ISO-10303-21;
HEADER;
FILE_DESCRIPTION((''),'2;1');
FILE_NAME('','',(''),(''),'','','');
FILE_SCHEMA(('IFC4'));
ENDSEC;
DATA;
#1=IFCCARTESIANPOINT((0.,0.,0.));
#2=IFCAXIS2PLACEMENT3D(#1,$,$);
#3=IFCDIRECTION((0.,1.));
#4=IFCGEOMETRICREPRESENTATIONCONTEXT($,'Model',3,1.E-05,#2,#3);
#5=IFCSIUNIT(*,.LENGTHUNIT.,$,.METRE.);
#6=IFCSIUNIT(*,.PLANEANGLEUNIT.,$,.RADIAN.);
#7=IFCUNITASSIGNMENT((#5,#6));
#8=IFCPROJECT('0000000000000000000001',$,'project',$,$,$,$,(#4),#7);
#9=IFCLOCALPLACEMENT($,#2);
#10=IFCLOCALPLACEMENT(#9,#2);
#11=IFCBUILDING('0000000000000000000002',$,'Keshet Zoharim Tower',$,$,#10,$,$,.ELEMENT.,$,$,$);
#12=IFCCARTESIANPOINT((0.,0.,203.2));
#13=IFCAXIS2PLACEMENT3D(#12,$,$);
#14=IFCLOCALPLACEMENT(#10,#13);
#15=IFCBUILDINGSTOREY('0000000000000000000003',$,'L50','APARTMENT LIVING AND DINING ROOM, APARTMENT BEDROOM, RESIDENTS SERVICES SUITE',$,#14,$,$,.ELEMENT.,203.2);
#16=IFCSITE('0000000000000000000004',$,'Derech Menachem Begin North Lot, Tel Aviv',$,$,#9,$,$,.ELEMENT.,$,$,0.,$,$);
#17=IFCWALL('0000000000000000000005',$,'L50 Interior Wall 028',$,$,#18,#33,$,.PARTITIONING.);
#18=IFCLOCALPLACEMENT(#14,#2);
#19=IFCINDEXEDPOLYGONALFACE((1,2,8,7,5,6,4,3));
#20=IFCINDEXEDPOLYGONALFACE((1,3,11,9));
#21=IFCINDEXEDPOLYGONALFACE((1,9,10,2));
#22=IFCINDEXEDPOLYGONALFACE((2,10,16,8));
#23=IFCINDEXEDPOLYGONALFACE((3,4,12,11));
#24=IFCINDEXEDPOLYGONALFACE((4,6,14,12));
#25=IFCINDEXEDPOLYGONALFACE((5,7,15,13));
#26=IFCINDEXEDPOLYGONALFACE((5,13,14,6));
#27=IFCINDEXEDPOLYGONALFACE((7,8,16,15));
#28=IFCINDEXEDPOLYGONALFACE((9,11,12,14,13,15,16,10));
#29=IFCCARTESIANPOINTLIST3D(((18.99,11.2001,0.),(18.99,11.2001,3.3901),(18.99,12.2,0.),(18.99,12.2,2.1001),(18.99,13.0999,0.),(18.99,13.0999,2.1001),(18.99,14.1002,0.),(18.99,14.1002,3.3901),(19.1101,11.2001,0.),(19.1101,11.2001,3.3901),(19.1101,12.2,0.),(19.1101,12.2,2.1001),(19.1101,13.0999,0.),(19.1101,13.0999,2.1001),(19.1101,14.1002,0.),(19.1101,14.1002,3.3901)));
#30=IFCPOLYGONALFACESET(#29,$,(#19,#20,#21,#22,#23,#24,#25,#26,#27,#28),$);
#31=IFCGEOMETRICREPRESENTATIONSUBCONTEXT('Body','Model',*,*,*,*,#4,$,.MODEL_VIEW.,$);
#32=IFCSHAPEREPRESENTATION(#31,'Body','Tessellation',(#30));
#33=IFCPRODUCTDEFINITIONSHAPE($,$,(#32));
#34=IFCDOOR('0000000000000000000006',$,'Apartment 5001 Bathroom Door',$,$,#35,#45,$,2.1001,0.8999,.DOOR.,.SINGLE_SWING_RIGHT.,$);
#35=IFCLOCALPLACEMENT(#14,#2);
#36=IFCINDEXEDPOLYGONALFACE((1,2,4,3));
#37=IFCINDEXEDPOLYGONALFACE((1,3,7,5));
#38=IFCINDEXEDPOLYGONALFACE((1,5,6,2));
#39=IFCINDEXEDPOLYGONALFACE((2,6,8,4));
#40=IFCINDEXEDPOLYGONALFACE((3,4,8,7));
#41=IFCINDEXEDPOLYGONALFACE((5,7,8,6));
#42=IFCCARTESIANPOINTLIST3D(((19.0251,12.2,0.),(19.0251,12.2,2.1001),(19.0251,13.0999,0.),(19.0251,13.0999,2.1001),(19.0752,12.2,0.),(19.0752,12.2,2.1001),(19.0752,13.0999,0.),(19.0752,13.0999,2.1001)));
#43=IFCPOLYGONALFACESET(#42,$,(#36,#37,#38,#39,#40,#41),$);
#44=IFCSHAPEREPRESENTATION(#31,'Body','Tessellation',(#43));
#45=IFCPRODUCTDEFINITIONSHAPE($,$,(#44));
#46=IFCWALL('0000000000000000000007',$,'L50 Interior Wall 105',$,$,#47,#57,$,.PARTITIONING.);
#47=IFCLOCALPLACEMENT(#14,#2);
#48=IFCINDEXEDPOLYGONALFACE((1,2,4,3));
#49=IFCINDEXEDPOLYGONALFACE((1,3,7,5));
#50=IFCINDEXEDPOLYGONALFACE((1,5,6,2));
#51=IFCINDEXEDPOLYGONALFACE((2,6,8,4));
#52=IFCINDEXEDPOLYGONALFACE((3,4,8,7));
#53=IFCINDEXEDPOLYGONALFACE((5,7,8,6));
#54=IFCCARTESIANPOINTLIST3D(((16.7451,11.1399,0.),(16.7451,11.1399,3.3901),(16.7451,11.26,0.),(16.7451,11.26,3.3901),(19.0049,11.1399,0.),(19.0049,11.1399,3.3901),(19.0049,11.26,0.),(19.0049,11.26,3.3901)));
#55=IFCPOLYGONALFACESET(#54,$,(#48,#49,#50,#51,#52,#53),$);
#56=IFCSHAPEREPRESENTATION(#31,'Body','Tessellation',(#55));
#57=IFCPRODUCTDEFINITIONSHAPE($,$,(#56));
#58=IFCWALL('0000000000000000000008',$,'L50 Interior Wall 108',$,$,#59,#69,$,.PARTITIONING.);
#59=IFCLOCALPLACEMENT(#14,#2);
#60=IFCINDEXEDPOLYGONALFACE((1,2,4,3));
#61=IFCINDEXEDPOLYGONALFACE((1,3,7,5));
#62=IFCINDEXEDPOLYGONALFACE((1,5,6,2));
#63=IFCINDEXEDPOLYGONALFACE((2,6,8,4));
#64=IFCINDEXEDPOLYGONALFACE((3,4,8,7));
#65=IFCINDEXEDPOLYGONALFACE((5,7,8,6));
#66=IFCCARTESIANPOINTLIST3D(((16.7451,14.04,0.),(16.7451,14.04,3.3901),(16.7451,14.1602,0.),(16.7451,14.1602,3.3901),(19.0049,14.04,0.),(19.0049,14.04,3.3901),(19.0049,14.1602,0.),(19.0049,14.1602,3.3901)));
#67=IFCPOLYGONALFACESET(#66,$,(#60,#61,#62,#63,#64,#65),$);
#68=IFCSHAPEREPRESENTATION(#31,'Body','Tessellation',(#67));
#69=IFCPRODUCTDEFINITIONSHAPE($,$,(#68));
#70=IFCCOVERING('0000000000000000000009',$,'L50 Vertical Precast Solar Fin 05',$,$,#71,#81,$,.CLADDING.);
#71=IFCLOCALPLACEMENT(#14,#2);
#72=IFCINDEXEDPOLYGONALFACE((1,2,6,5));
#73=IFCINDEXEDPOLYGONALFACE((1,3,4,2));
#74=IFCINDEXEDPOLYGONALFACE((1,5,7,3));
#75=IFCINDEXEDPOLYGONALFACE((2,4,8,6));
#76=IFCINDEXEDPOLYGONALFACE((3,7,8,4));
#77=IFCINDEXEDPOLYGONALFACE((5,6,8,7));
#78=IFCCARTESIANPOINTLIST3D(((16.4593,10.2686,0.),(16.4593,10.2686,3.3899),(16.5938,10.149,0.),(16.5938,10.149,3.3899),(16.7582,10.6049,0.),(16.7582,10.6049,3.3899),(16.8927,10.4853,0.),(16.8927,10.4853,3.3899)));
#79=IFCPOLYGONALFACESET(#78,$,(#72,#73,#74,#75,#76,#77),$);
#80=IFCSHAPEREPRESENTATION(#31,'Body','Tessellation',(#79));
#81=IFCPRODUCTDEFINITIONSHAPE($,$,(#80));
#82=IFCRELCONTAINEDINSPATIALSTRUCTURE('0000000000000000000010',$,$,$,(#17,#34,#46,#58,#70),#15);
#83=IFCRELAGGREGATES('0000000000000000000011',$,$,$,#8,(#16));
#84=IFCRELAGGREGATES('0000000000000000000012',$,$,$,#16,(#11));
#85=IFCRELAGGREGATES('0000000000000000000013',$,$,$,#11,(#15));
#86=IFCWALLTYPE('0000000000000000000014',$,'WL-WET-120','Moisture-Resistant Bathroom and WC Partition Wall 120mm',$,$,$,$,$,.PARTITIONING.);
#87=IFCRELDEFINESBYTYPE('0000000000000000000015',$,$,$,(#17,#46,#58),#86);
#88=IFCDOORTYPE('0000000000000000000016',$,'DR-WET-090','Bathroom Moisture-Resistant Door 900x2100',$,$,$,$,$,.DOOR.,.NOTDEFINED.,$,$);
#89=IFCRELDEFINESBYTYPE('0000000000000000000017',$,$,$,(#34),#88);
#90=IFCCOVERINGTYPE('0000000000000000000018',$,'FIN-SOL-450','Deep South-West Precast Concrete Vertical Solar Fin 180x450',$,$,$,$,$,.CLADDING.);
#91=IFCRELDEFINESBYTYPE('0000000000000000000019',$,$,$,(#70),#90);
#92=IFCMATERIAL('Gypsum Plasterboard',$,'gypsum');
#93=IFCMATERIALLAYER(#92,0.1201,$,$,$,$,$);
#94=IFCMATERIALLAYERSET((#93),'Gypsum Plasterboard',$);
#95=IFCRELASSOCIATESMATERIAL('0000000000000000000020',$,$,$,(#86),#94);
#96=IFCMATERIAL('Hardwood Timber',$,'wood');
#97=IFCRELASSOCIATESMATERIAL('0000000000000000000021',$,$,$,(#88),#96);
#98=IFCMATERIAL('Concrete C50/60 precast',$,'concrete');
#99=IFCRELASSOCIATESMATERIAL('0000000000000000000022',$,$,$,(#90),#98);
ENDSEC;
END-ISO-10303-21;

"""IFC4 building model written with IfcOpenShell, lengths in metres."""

from ifc_helpers import new_model, si_unit, direction, frame, frame_2d, origin, origin_2d, place, context, subcontext, project, spatial, rectangle, extrude, material, layer, layer_set, type_object, element, fill, save


model = new_model("IFC4")

# Units and contexts
model_context = context("Model", 3, precision=1e-05, world=origin(), true_north=direction((0.0, 1.0)))
body_context = subcontext(model_context, "Body", "Model", "MODEL_VIEW")
ifc_project = project(units=[si_unit("LENGTHUNIT", "METRE"), si_unit("PLANEANGLEUNIT", "RADIAN")], contexts=[model_context])

# Site, building, storey
site_placement = place(None, origin())
site = spatial("IfcSite", under=ifc_project, at=site_placement, Name="Derech Menachem Begin North Lot, Tel Aviv", CompositionType="ELEMENT", RefElevation=0.0)
building_placement = place(site_placement, origin())
building = spatial("IfcBuilding", under=site, at=building_placement, Name="Keshet Zoharim Tower", CompositionType="ELEMENT")
storey_placement = place(building_placement, frame((0.0, 0.0, 203.2)))
storey = spatial("IfcBuildingStorey", under=building, at=storey_placement, Name="L50", Description="APARTMENT LIVING AND DINING ROOM, APARTMENT BEDROOM, RESIDENTS SERVICES SUITE", CompositionType="ELEMENT", Elevation=203.2)

# Shared definitions
ifc_material_1 = material(Name="Gypsum Plasterboard", Category="gypsum")
ifc_material_2 = material(Name="Hardwood Timber", Category="wood")

# Shared definitions
ifc_layer_1 = layer(ifc_material_1, 0.1201)
ifc_layer_set_1 = layer_set([ifc_layer_1], Name="Gypsum Plasterboard")
wall_type_1 = type_object("IfcWallType", Name="WL-WET-120", Description="Moisture-Resistant Bathroom and WC Partition Wall 120mm", PredefinedType="PARTITIONING", material=ifc_layer_set_1)

# Wall, opening, door
wall_1_placement = place(storey_placement, frame((19.05, 11.2, 0.0), z_axis=(0.0, 0.0, 1.0), x_axis=(0.0, 1.0, 0.0)))
wall_1 = element("IfcWall", 1, at=wall_1_placement, inside=storey, type_object=wall_type_1, Name="L50 Interior Wall 028", PredefinedType="PARTITIONING", context=body_context, shape_type="SweptSolid", body=[
    extrude(rectangle(XDim=2.9001, YDim=0.1201, at=frame_2d((1.4502, 0.0))), origin(), (0.0, 0.0, 1.0), 3.3901),
])
opening_1_placement = place(wall_1_placement, frame((1.0, 0.0, 0.0)))
opening_1 = element("IfcOpeningElement", 2, at=opening_1_placement, cuts=wall_1, PredefinedType="OPENING", context=body_context, shape_type="SweptSolid", body=[
    extrude(rectangle(XDim=0.8999, YDim=2.1001, at=frame_2d((0.45, 1.05))), frame((0.0, 0.0701, 0.0), z_axis=(0.0, -1.0, 0.0), x_axis=(1.0, 0.0, 0.0)), (0.0, 0.0, 1.0), 0.1401),
])
door_type_1 = type_object("IfcDoorType", Name="DR-WET-090", Description="Bathroom Moisture-Resistant Door 900x2100", OperationType="NOTDEFINED", PredefinedType="DOOR", material=ifc_material_2)
door_1_placement = place(opening_1_placement, origin())
door_1 = element("IfcDoor", 3, at=door_1_placement, inside=storey, type_object=door_type_1, Name="Apartment 5001 Bathroom Door", OperationType="SINGLE_SWING_RIGHT", OverallHeight=2.1001, OverallWidth=0.8999, PredefinedType="DOOR", context=body_context, shape_type="SweptSolid", body=[
    extrude(rectangle(XDim=0.8999, YDim=2.1001, at=frame_2d((0.45, 1.05))), frame((0.0, 0.0249, 0.0), z_axis=(0.0, -1.0, 0.0), x_axis=(1.0, 0.0, 0.0)), (0.0, 0.0, 1.0), 0.05),
])
fill(opening_1, door_1)

# Walls
for number, where, z_axis, x_axis, name in (
    (4, (16.7451, 11.2, 0.0), (0.0, 0.0, 1.0), (1.0, 0.0, 0.0), "L50 Interior Wall 105"),
    (5, (16.7451, 14.1001, 0.0), (0.0, 0.0, 1.0), (1.0, 0.0, 0.0), "L50 Interior Wall 108"),
):
    element("IfcWall", number, at=place(storey_placement, frame(where, z_axis=z_axis, x_axis=x_axis)), inside=storey, type_object=wall_type_1, Name=name, PredefinedType="PARTITIONING", context=body_context, shape_type="SweptSolid", body=[
        extrude(rectangle(XDim=2.2598, YDim=0.1201, at=frame_2d((1.1299, 0.0))), origin(), (0.0, 0.0, 1.0), 3.3901),
    ])

# Covering
ifc_material_3 = material(Name="Concrete C50/60 precast", Category="concrete")
covering_type = type_object("IfcCoveringType", Name="FIN-SOL-450", Description="Deep South-West Precast Concrete Vertical Solar Fin 180x450", PredefinedType="CLADDING", material=ifc_material_3)
covering_placement = place(storey_placement, frame((16.676, 10.377, 0.0), z_axis=(0.0, 0.0, 1.0), x_axis=(-0.747409, 0.664364, 0.0)))
element("IfcCovering", 6, at=covering_placement, inside=storey, type_object=covering_type, Name="L50 Vertical Precast Solar Fin 05", PredefinedType="CLADDING", context=body_context, shape_type="SweptSolid", body=[
    extrude(rectangle(XDim=0.1799, YDim=0.45, at=origin_2d()), origin(), (0.0, 0.0, 1.0), 3.3899),
])

save(model, "model.ifc")
